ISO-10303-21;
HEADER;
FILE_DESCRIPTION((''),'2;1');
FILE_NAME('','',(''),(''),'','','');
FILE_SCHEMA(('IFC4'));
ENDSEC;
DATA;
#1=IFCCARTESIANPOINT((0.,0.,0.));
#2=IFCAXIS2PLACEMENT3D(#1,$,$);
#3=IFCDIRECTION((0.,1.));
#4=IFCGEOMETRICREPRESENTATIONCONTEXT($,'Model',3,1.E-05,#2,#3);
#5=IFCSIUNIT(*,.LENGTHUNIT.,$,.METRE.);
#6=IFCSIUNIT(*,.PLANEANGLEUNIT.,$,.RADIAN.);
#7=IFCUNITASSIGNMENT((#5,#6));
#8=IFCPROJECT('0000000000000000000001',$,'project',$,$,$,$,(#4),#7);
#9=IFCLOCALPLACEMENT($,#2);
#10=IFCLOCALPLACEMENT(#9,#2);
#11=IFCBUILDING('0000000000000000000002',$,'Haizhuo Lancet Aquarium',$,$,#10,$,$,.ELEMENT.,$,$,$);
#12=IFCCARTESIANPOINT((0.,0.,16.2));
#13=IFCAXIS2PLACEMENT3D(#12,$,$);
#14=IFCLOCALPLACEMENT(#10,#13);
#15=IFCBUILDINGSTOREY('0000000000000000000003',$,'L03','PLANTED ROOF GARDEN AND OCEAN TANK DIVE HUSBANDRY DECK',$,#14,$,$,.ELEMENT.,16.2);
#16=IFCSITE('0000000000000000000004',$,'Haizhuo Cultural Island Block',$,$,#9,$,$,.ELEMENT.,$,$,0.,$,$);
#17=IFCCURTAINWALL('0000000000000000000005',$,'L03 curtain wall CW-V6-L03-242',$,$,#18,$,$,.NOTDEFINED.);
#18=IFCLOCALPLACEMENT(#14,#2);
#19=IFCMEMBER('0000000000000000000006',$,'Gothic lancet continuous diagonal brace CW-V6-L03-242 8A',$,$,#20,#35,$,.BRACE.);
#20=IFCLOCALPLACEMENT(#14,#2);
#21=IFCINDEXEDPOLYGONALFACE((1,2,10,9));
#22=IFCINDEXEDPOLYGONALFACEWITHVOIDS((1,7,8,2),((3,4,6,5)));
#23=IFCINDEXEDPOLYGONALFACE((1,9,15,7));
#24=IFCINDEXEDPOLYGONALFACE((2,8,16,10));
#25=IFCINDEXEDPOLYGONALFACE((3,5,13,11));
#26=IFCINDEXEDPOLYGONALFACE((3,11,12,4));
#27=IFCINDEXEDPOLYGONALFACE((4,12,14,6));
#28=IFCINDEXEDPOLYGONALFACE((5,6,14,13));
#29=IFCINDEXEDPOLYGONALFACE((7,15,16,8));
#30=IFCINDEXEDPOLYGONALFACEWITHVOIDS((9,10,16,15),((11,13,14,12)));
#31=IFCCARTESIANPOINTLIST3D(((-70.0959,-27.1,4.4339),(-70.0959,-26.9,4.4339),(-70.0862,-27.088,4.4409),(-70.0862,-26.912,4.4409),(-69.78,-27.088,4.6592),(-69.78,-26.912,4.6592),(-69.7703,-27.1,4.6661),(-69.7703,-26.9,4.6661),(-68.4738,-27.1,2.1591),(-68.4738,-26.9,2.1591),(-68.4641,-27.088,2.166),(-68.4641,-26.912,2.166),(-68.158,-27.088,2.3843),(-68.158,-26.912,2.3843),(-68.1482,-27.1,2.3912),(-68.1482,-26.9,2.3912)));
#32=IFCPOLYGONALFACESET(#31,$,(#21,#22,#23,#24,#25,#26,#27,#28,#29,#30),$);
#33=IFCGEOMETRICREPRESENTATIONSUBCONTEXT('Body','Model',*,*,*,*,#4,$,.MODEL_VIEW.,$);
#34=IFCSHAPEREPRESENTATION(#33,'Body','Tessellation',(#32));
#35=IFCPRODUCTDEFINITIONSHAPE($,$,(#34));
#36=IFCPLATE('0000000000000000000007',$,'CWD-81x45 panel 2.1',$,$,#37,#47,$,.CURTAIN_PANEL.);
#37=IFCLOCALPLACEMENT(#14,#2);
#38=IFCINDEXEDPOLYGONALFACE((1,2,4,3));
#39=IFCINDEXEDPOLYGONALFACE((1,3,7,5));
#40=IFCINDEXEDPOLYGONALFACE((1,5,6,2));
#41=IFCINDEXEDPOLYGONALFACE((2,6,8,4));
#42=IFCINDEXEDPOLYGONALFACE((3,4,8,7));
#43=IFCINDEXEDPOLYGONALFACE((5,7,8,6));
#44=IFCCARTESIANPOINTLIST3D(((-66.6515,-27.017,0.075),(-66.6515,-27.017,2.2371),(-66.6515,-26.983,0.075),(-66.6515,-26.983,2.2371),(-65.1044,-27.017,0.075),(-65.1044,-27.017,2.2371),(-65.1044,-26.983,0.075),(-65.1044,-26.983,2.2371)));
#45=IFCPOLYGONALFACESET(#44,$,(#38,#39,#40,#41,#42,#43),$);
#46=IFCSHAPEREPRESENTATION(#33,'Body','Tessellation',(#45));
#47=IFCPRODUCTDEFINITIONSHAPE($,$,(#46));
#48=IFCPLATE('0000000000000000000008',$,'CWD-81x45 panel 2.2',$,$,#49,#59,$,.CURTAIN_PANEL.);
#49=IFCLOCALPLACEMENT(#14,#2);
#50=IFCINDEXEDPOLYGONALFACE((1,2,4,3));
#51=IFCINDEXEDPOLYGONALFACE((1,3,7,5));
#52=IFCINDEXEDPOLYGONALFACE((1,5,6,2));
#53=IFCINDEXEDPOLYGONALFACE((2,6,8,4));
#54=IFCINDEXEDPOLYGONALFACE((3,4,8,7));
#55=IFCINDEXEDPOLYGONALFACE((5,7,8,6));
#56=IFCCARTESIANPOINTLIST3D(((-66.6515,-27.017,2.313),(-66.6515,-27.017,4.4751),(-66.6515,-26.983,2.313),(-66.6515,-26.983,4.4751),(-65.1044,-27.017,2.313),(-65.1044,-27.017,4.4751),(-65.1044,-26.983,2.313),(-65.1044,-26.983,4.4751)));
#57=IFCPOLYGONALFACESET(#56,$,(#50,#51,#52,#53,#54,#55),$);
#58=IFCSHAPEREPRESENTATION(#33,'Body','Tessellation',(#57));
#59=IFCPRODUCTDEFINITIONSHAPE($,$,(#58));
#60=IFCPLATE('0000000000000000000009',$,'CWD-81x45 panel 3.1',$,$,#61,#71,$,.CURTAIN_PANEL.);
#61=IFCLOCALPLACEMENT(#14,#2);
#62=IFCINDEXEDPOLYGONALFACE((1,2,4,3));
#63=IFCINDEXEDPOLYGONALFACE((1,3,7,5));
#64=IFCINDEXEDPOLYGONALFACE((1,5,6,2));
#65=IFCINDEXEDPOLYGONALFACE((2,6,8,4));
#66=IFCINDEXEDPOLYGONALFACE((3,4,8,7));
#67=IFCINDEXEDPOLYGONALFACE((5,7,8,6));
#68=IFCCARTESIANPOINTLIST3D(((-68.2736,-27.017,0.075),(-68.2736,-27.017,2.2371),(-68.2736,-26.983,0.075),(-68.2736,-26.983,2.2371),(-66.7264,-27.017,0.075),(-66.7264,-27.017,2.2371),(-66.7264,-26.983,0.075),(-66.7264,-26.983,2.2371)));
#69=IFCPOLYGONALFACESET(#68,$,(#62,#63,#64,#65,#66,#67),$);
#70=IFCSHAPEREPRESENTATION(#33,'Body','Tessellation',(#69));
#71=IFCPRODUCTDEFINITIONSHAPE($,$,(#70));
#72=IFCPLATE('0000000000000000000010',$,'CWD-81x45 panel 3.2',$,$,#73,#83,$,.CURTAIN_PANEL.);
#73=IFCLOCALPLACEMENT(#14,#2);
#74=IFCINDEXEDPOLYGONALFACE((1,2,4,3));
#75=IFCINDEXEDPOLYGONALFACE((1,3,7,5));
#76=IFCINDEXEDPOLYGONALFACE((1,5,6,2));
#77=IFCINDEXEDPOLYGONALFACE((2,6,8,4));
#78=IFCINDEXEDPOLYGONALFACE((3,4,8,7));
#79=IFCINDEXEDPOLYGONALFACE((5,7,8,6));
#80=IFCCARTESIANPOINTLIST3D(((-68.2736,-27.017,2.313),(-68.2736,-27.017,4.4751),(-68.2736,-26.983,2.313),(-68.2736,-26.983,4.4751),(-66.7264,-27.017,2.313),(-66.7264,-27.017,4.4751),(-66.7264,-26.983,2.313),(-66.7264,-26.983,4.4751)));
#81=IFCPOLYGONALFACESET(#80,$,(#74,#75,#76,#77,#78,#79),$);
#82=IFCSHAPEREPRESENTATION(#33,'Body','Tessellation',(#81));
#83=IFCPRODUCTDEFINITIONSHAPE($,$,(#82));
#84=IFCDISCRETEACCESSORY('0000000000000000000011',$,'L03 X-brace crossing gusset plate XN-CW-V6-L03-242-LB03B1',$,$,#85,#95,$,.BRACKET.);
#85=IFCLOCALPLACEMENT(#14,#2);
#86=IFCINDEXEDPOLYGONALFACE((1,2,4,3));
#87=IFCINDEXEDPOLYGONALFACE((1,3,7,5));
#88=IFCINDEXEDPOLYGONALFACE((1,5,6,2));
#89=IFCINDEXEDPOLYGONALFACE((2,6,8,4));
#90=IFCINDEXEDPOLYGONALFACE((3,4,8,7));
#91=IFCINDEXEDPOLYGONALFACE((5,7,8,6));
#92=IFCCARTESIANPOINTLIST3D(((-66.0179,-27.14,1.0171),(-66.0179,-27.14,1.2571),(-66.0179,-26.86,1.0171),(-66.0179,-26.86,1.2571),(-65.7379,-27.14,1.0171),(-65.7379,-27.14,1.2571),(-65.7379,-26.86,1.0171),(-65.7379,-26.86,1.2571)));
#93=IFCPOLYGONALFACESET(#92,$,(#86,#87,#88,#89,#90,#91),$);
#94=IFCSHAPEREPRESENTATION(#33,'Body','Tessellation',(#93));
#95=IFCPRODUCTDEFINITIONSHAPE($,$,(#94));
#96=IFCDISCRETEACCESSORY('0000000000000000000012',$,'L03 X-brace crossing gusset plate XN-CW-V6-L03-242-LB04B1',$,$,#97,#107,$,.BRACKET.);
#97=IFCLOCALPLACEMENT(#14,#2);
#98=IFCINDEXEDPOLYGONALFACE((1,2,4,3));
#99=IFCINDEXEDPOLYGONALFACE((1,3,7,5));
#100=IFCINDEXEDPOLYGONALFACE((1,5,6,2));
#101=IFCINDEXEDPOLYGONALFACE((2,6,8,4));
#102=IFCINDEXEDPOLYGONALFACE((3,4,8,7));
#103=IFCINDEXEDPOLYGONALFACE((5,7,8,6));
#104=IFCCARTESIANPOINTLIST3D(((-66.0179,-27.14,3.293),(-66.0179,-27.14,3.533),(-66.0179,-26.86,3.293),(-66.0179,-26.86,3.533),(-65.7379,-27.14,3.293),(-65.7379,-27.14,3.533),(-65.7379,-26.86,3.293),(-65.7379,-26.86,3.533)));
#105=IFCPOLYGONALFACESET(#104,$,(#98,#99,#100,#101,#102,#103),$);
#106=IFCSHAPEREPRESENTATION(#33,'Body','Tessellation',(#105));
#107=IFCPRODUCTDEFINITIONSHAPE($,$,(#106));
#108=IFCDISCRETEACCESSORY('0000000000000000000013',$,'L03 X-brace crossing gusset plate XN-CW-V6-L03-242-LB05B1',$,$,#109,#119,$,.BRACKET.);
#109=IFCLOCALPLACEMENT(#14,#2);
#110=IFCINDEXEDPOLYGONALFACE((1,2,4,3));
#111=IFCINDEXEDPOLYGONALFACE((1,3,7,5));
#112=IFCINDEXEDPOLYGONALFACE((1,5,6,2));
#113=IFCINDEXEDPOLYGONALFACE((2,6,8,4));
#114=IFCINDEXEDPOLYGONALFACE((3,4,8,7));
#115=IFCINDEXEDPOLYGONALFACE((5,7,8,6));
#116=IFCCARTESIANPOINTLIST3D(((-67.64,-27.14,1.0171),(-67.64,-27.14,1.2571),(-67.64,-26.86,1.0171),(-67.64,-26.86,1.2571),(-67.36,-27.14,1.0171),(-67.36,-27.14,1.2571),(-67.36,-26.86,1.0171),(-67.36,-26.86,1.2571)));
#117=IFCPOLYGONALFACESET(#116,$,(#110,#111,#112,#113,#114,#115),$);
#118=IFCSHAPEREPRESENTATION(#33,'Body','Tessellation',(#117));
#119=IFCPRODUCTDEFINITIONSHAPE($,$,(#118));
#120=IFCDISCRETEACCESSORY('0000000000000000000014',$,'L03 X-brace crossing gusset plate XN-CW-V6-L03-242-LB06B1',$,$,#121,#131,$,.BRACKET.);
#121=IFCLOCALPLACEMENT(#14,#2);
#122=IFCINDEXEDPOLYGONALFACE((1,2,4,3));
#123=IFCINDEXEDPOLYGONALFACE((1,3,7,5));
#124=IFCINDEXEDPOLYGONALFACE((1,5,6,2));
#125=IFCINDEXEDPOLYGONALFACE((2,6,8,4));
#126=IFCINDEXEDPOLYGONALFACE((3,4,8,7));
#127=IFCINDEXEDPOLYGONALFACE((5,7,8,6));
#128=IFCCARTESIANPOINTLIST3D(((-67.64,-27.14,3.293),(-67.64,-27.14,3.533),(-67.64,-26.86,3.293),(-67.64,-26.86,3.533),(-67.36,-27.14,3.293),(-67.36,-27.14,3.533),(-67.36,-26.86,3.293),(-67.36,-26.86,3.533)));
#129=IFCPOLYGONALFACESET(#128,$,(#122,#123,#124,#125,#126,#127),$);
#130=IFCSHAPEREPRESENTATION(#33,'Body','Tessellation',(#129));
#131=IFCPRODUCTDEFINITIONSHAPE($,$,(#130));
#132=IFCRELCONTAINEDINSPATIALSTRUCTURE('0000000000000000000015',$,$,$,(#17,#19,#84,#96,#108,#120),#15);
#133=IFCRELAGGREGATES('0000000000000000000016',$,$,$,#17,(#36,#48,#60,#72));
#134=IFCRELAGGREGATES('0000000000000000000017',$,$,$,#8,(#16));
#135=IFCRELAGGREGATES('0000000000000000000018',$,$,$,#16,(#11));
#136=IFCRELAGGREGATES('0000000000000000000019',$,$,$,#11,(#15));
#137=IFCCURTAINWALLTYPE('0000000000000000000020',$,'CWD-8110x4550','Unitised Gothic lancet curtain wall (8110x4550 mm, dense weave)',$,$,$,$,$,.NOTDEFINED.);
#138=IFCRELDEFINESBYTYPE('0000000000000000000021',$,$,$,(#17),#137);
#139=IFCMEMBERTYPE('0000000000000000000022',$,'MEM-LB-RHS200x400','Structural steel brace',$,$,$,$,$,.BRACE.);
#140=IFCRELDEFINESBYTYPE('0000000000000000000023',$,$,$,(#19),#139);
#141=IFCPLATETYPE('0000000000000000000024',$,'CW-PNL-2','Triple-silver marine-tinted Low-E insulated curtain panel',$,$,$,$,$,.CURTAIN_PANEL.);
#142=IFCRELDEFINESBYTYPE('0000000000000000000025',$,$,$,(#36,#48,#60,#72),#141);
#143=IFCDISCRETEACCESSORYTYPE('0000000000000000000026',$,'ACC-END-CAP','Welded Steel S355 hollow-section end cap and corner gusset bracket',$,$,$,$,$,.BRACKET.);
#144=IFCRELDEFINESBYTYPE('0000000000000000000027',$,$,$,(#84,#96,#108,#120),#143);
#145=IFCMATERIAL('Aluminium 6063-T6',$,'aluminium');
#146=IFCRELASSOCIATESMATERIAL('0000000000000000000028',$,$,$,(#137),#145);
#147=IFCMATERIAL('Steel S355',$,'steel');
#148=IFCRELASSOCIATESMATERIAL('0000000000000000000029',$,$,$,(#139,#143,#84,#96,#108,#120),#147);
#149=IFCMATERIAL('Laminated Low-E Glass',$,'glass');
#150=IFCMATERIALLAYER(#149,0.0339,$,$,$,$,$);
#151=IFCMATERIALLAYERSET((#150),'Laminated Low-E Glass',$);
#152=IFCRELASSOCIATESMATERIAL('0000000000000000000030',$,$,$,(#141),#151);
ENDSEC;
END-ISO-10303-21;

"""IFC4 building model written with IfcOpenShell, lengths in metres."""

from ifc_helpers import new_model, si_unit, direction, frame, origin, origin_2d, place, context, subcontext, project, spatial, rectangle, hollow_rectangle, extrude, material, layer, layer_set, material_profile, profile_set, type_object, element, aggregate, save


model = new_model("IFC4")

# Units and contexts
model_context = context("Model", 3, precision=1e-05, world=origin(), true_north=direction((0.0, 1.0)))
body_context = subcontext(model_context, "Body", "Model", "MODEL_VIEW")
ifc_project = project(units=[si_unit("LENGTHUNIT", "METRE"), si_unit("PLANEANGLEUNIT", "RADIAN")], contexts=[model_context])

# Site, building, storey
site_placement = place(None, origin())
site = spatial("IfcSite", under=ifc_project, at=site_placement, Name="Haizhuo Cultural Island Block", CompositionType="ELEMENT", RefElevation=0.0)
building_placement = place(site_placement, origin())
building = spatial("IfcBuilding", under=site, at=building_placement, Name="Haizhuo Lancet Aquarium", CompositionType="ELEMENT")
storey_placement = place(building_placement, frame((0.0, 0.0, 16.2)))
storey = spatial("IfcBuildingStorey", under=building, at=storey_placement, Name="L03", Description="PLANTED ROOF GARDEN AND OCEAN TANK DIVE HUSBANDRY DECK", CompositionType="ELEMENT", Elevation=16.2)

# Curtain wall
ifc_material_1 = material(Name="Aluminium 6063-T6", Category="aluminium")
curtain_wall_type = type_object("IfcCurtainWallType", Name="CWD-8110x4550", Description="Unitised Gothic lancet curtain wall (8110x4550 mm, dense weave)", PredefinedType="NOTDEFINED", material=ifc_material_1)
curtain_wall_placement = place(storey_placement, origin())
curtain_wall = element("IfcCurtainWall", 1, at=curtain_wall_placement, inside=storey, type_object=curtain_wall_type, Name="L03 curtain wall CW-V6-L03-242", PredefinedType="NOTDEFINED")

# Member
ifc_material_2 = material(Name="Steel S355", Category="steel")
ifc_material_profile_1 = material_profile(ifc_material_2, hollow_rectangle(XDim=0.2, YDim=0.3999, WallThickness=0.012, at=origin_2d()), Name="RHS 200x400x12")
ifc_profile_set_1 = profile_set([ifc_material_profile_1], Name="Steel S355")
member_type_1 = type_object("IfcMemberType", Name="MEM-LB-RHS200x400", Description="Structural steel brace", PredefinedType="BRACE", material=ifc_profile_set_1)
member_1_placement = place(storey_placement, frame((-68.311, -27.0, 2.2751), z_axis=(-0.58056, 0.0, 0.814217), x_axis=(0.0, -1.0, 0.0)))
element("IfcMember", 2, at=member_1_placement, inside=storey, type_object=member_type_1, Name="Gothic lancet continuous diagonal brace CW-V6-L03-242 8A", PredefinedType="BRACE", context=body_context, shape_type="SweptSolid", body=[
    extrude(hollow_rectangle(XDim=0.2, YDim=0.3999, WallThickness=0.012, at=origin_2d()), origin(), (0.0, 0.0, 1.0), 2.7939),
])

# Plates
ifc_material_3 = material(Name="Laminated Low-E Glass", Category="glass")
ifc_layer = layer(ifc_material_3, 0.0339)
ifc_layer_set = layer_set([ifc_layer], Name="Laminated Low-E Glass")
plate_type = type_object("IfcPlateType", Name="CW-PNL-2", Description="Triple-silver marine-tinted Low-E insulated curtain panel", PredefinedType="CURTAIN_PANEL", material=ifc_layer_set)
plate_1_placement = place(storey_placement, frame((-65.8779, -27.0, 0.075), z_axis=(0.0, 0.0, 1.0), x_axis=(-1.0, 0.0, 0.0)))
plate_1 = element("IfcPlate", 3, at=plate_1_placement, type_object=plate_type, Name="CWD-81x45 panel 2.1", PredefinedType="CURTAIN_PANEL", context=body_context, shape_type="SweptSolid", body=[
    extrude(rectangle(XDim=1.5471, YDim=0.0339, at=origin_2d()), origin(), (0.0, 0.0, 1.0), 2.1621),
])
plate_2_placement = place(storey_placement, frame((-65.8779, -27.0, 2.313), z_axis=(0.0, 0.0, 1.0), x_axis=(-1.0, 0.0, 0.0)))
plate_2 = element("IfcPlate", 4, at=plate_2_placement, type_object=plate_type, Name="CWD-81x45 panel 2.2", PredefinedType="CURTAIN_PANEL", context=body_context, shape_type="SweptSolid", body=[
    extrude(rectangle(XDim=1.5471, YDim=0.0339, at=origin_2d()), origin(), (0.0, 0.0, 1.0), 2.1621),
])
plate_3_placement = place(storey_placement, frame((-67.5, -27.0, 0.075), z_axis=(0.0, 0.0, 1.0), x_axis=(-1.0, 0.0, 0.0)))
plate_3 = element("IfcPlate", 5, at=plate_3_placement, type_object=plate_type, Name="CWD-81x45 panel 3.1", PredefinedType="CURTAIN_PANEL", context=body_context, shape_type="SweptSolid", body=[
    extrude(rectangle(XDim=1.5471, YDim=0.0339, at=origin_2d()), origin(), (0.0, 0.0, 1.0), 2.1621),
])
plate_4_placement = place(storey_placement, frame((-67.5, -27.0, 2.313), z_axis=(0.0, 0.0, 1.0), x_axis=(-1.0, 0.0, 0.0)))
plate_4 = element("IfcPlate", 6, at=plate_4_placement, type_object=plate_type, Name="CWD-81x45 panel 3.2", PredefinedType="CURTAIN_PANEL", context=body_context, shape_type="SweptSolid", body=[
    extrude(rectangle(XDim=1.5471, YDim=0.0339, at=origin_2d()), origin(), (0.0, 0.0, 1.0), 2.1621),
])
aggregate(curtain_wall, [plate_1, plate_2, plate_3, plate_4])

# Discrete accessories
discrete_accessory_type = type_object("IfcDiscreteAccessoryType", Name="ACC-END-CAP", Description="Welded Steel S355 hollow-section end cap and corner gusset bracket", PredefinedType="BRACKET", material=ifc_material_2)
for number, where, z_axis, x_axis, name in (
    (7, (-65.8779, -27.0, 1.0171), (0.0, 0.0, 1.0), (1.0, 0.0, 0.0), "L03 X-brace crossing gusset plate XN-CW-V6-L03-242-LB03B1"),
    (8, (-65.8779, -27.0, 3.293), (0.0, 0.0, 1.0), (1.0, 0.0, 0.0), "L03 X-brace crossing gusset plate XN-CW-V6-L03-242-LB04B1"),
    (9, (-67.5, -27.0, 1.0171), (0.0, 0.0, 1.0), (1.0, 0.0, 0.0), "L03 X-brace crossing gusset plate XN-CW-V6-L03-242-LB05B1"),
    (10, (-67.5, -27.0, 3.293), (0.0, 0.0, 1.0), (1.0, 0.0, 0.0), "L03 X-brace crossing gusset plate XN-CW-V6-L03-242-LB06B1"),
):
    element("IfcDiscreteAccessory", number, at=place(storey_placement, frame(where, z_axis=z_axis, x_axis=x_axis)), inside=storey, type_object=discrete_accessory_type, material=ifc_material_2, Name=name, PredefinedType="BRACKET", context=body_context, shape_type="SweptSolid", body=[
        extrude(rectangle(XDim=0.28, YDim=0.28, at=origin_2d()), origin(), (0.0, 0.0, 1.0), 0.24),
    ])

save(model, "model.ifc")
